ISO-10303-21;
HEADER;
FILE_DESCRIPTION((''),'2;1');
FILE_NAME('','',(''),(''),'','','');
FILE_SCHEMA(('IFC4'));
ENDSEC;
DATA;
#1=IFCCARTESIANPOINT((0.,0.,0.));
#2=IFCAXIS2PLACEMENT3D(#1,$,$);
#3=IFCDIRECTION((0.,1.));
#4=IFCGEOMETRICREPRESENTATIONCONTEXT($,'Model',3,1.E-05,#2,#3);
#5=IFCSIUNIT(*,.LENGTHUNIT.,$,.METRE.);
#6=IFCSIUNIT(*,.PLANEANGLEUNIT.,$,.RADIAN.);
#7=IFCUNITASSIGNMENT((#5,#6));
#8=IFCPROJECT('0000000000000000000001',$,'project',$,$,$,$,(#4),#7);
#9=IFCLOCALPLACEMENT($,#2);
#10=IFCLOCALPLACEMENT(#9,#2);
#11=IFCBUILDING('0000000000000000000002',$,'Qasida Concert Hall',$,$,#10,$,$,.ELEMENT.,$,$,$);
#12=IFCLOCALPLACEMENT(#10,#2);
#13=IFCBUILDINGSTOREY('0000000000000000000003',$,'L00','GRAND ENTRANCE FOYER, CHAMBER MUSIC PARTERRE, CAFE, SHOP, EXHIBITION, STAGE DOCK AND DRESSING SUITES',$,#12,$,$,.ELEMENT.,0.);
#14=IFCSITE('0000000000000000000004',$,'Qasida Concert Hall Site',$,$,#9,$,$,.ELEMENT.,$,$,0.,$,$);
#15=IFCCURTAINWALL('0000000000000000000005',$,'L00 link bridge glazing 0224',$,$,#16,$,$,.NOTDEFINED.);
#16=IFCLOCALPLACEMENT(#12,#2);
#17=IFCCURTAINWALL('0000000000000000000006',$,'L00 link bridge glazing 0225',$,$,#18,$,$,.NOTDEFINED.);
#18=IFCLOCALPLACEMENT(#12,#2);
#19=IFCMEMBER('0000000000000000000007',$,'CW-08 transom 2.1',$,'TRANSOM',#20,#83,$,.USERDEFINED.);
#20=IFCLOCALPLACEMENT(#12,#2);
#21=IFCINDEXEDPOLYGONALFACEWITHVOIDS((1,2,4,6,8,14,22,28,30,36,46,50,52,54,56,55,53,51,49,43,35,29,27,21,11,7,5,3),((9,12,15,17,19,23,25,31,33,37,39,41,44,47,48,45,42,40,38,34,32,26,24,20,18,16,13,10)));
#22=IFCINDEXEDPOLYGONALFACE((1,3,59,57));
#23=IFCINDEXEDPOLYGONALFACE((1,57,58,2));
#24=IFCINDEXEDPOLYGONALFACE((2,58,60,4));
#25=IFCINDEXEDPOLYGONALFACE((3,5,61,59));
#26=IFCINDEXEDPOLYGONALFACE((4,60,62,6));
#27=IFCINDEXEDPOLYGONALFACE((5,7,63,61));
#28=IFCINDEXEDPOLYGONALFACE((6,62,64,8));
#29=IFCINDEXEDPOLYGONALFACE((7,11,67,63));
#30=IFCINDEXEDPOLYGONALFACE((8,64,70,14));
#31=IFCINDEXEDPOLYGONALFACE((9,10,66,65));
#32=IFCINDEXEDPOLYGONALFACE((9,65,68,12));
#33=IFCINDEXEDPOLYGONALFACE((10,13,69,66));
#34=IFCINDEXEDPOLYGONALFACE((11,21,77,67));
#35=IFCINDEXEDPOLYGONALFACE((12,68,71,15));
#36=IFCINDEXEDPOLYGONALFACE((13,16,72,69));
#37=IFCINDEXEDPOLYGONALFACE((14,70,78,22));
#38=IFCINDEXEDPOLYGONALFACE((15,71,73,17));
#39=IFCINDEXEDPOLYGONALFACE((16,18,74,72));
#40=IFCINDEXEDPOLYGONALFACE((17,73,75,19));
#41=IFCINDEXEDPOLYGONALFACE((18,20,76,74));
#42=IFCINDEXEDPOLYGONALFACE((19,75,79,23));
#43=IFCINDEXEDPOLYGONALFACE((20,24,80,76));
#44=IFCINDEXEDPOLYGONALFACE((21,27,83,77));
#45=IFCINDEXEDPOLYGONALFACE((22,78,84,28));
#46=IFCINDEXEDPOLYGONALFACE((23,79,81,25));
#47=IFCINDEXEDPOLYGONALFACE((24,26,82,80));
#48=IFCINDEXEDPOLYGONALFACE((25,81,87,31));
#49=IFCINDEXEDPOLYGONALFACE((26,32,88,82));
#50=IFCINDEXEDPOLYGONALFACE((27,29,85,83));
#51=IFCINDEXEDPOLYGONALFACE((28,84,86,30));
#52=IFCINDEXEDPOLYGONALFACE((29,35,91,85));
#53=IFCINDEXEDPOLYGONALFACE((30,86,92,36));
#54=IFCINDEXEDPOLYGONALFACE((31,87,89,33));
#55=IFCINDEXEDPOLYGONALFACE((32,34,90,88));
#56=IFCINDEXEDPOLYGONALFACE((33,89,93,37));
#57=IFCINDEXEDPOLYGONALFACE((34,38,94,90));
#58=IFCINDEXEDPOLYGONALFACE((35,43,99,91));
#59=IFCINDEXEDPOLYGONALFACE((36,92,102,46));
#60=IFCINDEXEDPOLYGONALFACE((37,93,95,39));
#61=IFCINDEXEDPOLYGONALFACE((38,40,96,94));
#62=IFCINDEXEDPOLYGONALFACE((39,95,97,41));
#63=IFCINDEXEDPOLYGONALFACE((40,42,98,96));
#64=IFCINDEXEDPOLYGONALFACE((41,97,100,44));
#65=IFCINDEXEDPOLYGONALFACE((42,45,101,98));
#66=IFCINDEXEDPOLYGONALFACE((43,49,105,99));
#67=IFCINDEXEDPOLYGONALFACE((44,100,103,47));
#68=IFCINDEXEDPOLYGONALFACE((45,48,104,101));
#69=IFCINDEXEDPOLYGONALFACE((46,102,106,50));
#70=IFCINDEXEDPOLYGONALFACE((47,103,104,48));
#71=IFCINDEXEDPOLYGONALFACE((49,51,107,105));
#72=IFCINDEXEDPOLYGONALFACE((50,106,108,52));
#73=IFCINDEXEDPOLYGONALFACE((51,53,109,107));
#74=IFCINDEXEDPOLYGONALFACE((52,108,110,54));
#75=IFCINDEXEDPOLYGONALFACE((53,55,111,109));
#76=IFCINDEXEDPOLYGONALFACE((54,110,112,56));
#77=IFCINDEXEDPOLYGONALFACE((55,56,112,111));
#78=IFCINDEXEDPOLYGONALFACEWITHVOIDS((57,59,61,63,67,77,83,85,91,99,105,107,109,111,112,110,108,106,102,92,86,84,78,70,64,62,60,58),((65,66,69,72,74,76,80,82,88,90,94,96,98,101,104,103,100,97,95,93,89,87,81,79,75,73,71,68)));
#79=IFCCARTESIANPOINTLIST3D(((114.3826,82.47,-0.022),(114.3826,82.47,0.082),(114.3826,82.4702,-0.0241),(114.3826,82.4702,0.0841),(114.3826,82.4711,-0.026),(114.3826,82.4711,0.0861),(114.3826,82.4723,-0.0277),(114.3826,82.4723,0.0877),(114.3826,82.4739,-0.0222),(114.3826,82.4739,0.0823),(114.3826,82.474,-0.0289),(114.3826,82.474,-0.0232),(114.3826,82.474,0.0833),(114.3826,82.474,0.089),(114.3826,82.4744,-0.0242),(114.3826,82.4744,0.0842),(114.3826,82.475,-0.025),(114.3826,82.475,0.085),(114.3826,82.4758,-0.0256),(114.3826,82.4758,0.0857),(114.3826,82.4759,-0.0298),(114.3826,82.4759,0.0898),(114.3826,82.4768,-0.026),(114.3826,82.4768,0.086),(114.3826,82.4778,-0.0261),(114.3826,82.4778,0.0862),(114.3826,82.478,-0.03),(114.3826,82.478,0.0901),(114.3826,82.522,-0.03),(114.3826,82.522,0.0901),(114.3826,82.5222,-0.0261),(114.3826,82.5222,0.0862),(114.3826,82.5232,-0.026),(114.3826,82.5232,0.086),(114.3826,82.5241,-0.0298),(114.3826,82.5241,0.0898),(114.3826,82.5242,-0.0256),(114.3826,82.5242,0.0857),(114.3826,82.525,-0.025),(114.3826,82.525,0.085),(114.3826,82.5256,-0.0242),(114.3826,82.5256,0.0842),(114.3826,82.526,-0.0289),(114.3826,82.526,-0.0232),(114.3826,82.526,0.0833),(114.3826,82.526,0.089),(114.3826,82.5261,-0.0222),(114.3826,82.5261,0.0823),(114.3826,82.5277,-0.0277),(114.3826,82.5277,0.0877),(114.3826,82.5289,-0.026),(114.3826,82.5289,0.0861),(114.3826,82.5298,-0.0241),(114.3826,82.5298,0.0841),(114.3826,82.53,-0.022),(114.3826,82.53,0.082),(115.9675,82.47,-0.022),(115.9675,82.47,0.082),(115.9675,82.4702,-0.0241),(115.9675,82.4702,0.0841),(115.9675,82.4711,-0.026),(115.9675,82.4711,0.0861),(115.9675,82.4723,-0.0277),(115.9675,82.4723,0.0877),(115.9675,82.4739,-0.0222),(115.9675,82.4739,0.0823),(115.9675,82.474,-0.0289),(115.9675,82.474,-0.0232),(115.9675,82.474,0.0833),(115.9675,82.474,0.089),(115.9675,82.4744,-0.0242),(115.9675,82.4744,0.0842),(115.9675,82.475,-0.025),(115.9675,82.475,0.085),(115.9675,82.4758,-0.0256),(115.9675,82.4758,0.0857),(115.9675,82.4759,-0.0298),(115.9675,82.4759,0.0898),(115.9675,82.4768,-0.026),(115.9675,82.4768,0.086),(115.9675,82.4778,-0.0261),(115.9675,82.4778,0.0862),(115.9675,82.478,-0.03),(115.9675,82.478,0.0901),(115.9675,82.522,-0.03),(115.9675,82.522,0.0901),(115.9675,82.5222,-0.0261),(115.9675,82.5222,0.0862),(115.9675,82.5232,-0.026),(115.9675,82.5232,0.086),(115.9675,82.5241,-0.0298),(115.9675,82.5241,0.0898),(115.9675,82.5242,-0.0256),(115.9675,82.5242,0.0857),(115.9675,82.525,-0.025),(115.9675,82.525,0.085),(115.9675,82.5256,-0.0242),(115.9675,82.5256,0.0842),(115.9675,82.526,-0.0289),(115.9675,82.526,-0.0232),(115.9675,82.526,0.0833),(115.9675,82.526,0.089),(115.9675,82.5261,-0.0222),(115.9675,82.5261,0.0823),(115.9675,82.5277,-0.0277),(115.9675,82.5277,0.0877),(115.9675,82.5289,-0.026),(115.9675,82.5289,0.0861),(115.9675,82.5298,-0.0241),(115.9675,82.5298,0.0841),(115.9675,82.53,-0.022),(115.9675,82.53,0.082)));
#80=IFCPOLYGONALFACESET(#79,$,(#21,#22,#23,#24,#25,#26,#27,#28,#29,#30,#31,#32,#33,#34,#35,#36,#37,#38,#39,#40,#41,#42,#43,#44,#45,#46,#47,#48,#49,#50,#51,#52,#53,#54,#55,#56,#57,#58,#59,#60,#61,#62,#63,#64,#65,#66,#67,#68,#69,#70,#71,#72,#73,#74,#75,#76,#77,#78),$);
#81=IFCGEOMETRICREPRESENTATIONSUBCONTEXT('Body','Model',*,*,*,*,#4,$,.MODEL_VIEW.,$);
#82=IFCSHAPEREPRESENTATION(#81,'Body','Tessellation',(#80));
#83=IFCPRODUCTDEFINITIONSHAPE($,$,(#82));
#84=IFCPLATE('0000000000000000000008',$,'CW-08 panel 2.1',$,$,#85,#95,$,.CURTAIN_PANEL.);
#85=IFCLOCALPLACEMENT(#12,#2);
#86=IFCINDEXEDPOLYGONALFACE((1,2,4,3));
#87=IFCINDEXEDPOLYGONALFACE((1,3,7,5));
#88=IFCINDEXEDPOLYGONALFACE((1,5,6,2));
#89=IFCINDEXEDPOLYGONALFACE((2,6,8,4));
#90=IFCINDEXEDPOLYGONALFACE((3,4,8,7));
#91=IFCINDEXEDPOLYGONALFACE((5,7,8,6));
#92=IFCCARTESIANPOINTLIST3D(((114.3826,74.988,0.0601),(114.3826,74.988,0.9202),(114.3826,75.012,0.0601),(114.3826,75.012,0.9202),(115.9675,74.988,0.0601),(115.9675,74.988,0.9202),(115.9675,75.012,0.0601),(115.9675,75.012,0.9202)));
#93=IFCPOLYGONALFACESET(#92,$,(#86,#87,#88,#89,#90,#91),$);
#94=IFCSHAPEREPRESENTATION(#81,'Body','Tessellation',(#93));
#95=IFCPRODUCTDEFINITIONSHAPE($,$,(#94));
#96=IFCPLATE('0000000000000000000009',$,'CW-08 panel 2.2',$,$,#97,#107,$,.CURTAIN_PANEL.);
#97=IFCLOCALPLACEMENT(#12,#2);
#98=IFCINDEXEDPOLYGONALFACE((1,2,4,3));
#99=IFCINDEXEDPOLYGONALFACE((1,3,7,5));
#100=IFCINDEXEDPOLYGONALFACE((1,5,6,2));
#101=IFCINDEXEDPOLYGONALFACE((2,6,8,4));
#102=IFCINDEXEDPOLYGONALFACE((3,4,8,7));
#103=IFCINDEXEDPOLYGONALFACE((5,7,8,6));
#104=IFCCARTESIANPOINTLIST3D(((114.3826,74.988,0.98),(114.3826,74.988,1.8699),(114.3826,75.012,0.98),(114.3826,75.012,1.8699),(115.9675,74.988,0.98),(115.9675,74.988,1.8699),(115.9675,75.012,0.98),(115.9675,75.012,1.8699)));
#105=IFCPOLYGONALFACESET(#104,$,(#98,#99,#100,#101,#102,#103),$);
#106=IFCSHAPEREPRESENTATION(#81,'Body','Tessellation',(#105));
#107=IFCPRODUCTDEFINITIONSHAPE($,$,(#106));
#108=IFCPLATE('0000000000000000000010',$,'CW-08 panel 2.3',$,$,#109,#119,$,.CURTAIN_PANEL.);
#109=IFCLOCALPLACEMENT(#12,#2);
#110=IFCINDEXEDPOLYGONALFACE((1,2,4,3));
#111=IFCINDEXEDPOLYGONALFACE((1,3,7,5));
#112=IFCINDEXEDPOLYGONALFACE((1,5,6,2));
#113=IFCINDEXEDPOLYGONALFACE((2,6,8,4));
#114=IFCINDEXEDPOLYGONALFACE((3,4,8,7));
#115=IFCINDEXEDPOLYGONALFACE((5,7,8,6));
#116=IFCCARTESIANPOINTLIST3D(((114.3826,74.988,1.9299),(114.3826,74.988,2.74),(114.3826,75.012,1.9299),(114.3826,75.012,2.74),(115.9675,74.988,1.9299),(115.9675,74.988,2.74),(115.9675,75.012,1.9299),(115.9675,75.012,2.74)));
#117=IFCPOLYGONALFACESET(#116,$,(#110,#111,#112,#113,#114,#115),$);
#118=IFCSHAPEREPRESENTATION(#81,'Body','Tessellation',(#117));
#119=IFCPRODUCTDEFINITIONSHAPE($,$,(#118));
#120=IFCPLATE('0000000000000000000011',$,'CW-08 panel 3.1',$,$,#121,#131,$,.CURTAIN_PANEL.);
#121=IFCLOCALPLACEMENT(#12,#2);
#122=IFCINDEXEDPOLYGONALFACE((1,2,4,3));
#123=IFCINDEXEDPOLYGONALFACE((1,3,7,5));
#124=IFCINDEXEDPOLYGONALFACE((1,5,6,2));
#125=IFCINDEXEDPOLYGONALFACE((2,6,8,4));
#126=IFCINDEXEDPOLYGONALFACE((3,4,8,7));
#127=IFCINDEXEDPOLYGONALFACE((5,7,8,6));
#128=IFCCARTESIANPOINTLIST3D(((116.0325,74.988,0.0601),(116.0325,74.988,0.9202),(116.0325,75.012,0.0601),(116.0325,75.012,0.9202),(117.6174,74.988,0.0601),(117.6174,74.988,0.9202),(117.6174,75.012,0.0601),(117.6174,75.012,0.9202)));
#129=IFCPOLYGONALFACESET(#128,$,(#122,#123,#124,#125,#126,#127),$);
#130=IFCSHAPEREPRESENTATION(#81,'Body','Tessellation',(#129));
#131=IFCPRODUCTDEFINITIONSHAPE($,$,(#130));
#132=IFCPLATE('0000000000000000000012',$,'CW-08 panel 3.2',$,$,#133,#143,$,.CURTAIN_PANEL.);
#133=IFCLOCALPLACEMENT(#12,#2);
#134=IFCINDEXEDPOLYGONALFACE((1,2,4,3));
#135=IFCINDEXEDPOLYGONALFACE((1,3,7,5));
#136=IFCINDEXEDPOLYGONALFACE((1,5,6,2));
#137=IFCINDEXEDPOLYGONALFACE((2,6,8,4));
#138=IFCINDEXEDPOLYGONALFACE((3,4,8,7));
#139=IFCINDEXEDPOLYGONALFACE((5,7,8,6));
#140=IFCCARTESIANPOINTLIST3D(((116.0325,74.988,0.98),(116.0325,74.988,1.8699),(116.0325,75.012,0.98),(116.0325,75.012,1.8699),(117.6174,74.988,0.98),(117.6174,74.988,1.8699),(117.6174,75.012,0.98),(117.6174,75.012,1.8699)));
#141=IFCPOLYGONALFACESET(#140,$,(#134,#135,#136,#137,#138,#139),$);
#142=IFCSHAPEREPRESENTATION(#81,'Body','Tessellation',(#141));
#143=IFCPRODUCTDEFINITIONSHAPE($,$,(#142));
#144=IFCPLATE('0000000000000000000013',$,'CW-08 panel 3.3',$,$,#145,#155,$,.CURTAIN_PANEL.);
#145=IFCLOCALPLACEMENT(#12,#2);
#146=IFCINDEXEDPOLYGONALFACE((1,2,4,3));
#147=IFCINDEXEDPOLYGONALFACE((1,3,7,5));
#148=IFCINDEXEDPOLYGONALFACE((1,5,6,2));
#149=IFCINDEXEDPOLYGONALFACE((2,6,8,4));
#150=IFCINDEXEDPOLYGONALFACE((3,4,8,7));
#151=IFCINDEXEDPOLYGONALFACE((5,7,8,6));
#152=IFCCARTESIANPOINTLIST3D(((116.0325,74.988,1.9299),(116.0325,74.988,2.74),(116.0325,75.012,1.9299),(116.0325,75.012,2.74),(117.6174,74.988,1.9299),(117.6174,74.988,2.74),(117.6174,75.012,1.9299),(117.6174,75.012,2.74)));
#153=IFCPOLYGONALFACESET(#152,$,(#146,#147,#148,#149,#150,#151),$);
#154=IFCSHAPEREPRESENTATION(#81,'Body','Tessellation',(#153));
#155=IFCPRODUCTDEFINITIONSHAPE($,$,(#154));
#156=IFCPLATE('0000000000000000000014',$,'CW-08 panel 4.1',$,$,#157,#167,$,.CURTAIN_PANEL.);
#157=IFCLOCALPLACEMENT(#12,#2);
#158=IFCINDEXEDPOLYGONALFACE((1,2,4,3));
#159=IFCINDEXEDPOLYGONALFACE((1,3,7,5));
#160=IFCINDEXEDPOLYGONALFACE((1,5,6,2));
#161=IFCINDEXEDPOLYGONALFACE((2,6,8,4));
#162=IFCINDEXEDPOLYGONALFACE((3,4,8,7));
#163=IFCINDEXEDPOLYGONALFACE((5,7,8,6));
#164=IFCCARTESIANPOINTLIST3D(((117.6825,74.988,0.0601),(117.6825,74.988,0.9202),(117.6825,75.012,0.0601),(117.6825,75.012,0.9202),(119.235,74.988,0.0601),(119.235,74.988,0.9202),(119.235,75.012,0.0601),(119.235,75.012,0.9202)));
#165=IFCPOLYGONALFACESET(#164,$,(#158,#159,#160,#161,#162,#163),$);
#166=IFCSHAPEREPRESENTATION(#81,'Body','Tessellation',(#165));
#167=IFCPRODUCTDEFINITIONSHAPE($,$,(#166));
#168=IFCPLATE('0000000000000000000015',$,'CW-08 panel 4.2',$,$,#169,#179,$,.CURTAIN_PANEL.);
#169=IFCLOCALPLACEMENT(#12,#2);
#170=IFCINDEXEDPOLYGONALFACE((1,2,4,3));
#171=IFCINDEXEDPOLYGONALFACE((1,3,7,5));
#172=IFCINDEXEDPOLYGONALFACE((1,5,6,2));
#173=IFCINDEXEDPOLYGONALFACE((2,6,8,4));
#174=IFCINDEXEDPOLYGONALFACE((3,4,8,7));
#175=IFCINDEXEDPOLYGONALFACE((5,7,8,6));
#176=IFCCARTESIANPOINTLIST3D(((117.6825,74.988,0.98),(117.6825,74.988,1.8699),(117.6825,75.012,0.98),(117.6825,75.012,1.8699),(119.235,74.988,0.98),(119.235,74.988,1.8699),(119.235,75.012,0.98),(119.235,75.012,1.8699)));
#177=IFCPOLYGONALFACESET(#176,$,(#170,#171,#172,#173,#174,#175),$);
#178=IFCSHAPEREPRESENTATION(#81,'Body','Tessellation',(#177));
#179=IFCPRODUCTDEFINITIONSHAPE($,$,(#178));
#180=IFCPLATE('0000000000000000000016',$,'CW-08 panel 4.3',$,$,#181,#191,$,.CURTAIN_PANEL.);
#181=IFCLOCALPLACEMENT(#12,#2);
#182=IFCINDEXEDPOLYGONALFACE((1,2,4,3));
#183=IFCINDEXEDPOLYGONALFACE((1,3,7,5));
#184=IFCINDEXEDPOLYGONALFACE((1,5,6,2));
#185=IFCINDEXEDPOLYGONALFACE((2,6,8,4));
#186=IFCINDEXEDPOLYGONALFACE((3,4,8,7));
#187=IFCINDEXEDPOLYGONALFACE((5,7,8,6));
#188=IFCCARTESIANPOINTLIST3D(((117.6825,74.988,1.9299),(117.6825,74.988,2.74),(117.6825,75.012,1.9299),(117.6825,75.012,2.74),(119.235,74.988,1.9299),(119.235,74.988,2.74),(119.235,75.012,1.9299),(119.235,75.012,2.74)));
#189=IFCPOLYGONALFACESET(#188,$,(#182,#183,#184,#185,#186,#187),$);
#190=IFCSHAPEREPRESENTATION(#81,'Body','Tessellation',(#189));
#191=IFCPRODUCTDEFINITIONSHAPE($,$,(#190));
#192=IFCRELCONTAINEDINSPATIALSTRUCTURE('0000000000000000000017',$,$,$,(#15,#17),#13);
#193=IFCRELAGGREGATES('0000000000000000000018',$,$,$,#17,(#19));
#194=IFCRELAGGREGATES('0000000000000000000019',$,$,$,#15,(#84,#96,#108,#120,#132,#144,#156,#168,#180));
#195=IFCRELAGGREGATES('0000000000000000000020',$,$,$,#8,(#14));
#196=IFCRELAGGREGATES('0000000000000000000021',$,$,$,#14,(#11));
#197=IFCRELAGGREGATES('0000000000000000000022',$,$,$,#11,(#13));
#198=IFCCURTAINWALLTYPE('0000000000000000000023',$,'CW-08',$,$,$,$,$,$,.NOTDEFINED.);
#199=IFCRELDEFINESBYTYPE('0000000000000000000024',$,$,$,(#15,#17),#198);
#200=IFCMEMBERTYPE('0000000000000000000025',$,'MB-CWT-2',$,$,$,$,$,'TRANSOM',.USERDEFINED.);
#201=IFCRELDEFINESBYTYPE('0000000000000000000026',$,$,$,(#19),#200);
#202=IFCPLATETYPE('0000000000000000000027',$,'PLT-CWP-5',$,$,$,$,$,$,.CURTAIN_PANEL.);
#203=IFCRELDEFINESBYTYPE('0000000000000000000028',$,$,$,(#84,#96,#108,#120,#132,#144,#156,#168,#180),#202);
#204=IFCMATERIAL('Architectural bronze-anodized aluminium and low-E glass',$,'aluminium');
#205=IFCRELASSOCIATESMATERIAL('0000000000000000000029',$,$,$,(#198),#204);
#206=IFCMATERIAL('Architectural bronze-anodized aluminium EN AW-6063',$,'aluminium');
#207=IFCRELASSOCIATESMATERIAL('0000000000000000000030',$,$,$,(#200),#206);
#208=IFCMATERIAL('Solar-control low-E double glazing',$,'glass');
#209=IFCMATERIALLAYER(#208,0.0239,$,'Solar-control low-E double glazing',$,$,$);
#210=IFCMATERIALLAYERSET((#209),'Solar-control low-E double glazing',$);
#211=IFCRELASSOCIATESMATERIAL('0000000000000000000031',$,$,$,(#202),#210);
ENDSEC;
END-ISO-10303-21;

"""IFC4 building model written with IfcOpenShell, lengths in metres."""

from ifc_helpers import new_model, si_unit, direction, frame, origin, origin_2d, place, context, subcontext, project, spatial, rectangle, hollow_rectangle, extrude, material, layer, layer_set, material_profile, profile_set, type_object, element, aggregate, save


model = new_model("IFC4")

# Units and contexts
model_context = context("Model", 3, precision=1e-05, world=origin(), true_north=direction((0.0, 1.0)))
body_context = subcontext(model_context, "Body", "Model", "MODEL_VIEW")
ifc_project = project(units=[si_unit("LENGTHUNIT", "METRE"), si_unit("PLANEANGLEUNIT", "RADIAN")], contexts=[model_context])

# Site, building, storey
site_placement = place(None, origin())
site = spatial("IfcSite", under=ifc_project, at=site_placement, Name="Qasida Concert Hall Site", CompositionType="ELEMENT", RefElevation=0.0)
building_placement = place(site_placement, origin())
building = spatial("IfcBuilding", under=site, at=building_placement, Name="Qasida Concert Hall", CompositionType="ELEMENT")
storey_placement = place(building_placement, origin())
storey = spatial("IfcBuildingStorey", under=building, at=storey_placement, Name="L00", Description="GRAND ENTRANCE FOYER, CHAMBER MUSIC PARTERRE, CAFE, SHOP, EXHIBITION, STAGE DOCK AND DRESSING SUITES", CompositionType="ELEMENT", Elevation=0.0)

# Curtain wall
ifc_material_1 = material(Name="Architectural bronze-anodized aluminium and low-E glass", Category="aluminium")
curtain_wall_type = type_object("IfcCurtainWallType", Name="CW-08", PredefinedType="NOTDEFINED", material=ifc_material_1)
curtain_wall_1_placement = place(storey_placement, origin())
curtain_wall_1 = element("IfcCurtainWall", 1, at=curtain_wall_1_placement, inside=storey, type_object=curtain_wall_type, Name="L00 link bridge glazing 0224", PredefinedType="NOTDEFINED")
ifc_material_2 = material(Name="Architectural bronze-anodized aluminium EN AW-6063", Category="aluminium")
ifc_material_profile_1 = material_profile(ifc_material_2, hollow_rectangle(XDim=0.0601, YDim=0.1201, WallThickness=0.0039, InnerFilletRadius=0.0039, OuterFilletRadius=0.0081, at=origin_2d()), Name="CWT 120x60x4")
ifc_profile_set_1 = profile_set([ifc_material_profile_1], Name="Architectural bronze-anodized aluminium EN AW-6063")
member_type_1 = type_object("IfcMemberType", Name="MB-CWT-2", ElementType="TRANSOM", PredefinedType="USERDEFINED", material=ifc_profile_set_1)

# Curtain wall, member
curtain_wall_2_placement = place(storey_placement, origin())
curtain_wall_2 = element("IfcCurtainWall", 2, at=curtain_wall_2_placement, inside=storey, type_object=curtain_wall_type, Name="L00 link bridge glazing 0225", PredefinedType="NOTDEFINED")
member_1_placement = place(storey_placement, frame((114.3826, 82.5, 0.03), z_axis=(1.0, 0.0, 0.0), x_axis=(0.0, 1.0, 0.0)))
member_1 = element("IfcMember", 3, at=member_1_placement, type_object=member_type_1, Name="CW-08 transom 2.1", ObjectType="TRANSOM", PredefinedType="USERDEFINED", context=body_context, shape_type="SweptSolid", body=[
    extrude(hollow_rectangle(XDim=0.0601, YDim=0.1201, WallThickness=0.0039, InnerFilletRadius=0.0039, OuterFilletRadius=0.0081, at=origin_2d()), origin(), (0.0, 0.0, 1.0), 1.585),
])
aggregate(curtain_wall_2, [member_1])

# Plates
ifc_material_3 = material(Name="Solar-control low-E double glazing", Category="glass")
ifc_layer = layer(ifc_material_3, 0.0239, Name="Solar-control low-E double glazing")
ifc_layer_set = layer_set([ifc_layer], Name="Solar-control low-E double glazing")
plate_type = type_object("IfcPlateType", Name="PLT-CWP-5", PredefinedType="CURTAIN_PANEL", material=ifc_layer_set)
plate_1_placement = place(storey_placement, frame((115.175, 75.0, 0.0601), z_axis=(0.0, 0.0, 1.0), x_axis=(1.0, 0.0, 0.0)))
plate_1 = element("IfcPlate", 4, at=plate_1_placement, type_object=plate_type, Name="CW-08 panel 2.1", PredefinedType="CURTAIN_PANEL", context=body_context, shape_type="SweptSolid", body=[
    extrude(rectangle(XDim=1.585, YDim=0.0239, at=origin_2d()), origin(), (0.0, 0.0, 1.0), 0.8601),
])
plate_2_placement = place(storey_placement, frame((115.175, 75.0, 0.98), z_axis=(0.0, 0.0, 1.0), x_axis=(1.0, 0.0, 0.0)))
plate_2 = element("IfcPlate", 5, at=plate_2_placement, type_object=plate_type, Name="CW-08 panel 2.2", PredefinedType="CURTAIN_PANEL", context=body_context, shape_type="SweptSolid", body=[
    extrude(rectangle(XDim=1.585, YDim=0.0239, at=origin_2d()), origin(), (0.0, 0.0, 1.0), 0.8899),
])
plate_3_placement = place(storey_placement, frame((115.175, 75.0, 1.9299), z_axis=(0.0, 0.0, 1.0), x_axis=(1.0, 0.0, 0.0)))
plate_3 = element("IfcPlate", 6, at=plate_3_placement, type_object=plate_type, Name="CW-08 panel 2.3", PredefinedType="CURTAIN_PANEL", context=body_context, shape_type="SweptSolid", body=[
    extrude(rectangle(XDim=1.585, YDim=0.0239, at=origin_2d()), origin(), (0.0, 0.0, 1.0), 0.8101),
])
plate_4_placement = place(storey_placement, frame((116.825, 75.0, 0.0601), z_axis=(0.0, 0.0, 1.0), x_axis=(1.0, 0.0, 0.0)))
plate_4 = element("IfcPlate", 7, at=plate_4_placement, type_object=plate_type, Name="CW-08 panel 3.1", PredefinedType="CURTAIN_PANEL", context=body_context, shape_type="SweptSolid", body=[
    extrude(rectangle(XDim=1.585, YDim=0.0239, at=origin_2d()), origin(), (0.0, 0.0, 1.0), 0.8601),
])
plate_5_placement = place(storey_placement, frame((116.825, 75.0, 0.98), z_axis=(0.0, 0.0, 1.0), x_axis=(1.0, 0.0, 0.0)))
plate_5 = element("IfcPlate", 8, at=plate_5_placement, type_object=plate_type, Name="CW-08 panel 3.2", PredefinedType="CURTAIN_PANEL", context=body_context, shape_type="SweptSolid", body=[
    extrude(rectangle(XDim=1.585, YDim=0.0239, at=origin_2d()), origin(), (0.0, 0.0, 1.0), 0.8899),
])
plate_6_placement = place(storey_placement, frame((116.825, 75.0, 1.9299), z_axis=(0.0, 0.0, 1.0), x_axis=(1.0, 0.0, 0.0)))
plate_6 = element("IfcPlate", 9, at=plate_6_placement, type_object=plate_type, Name="CW-08 panel 3.3", PredefinedType="CURTAIN_PANEL", context=body_context, shape_type="SweptSolid", body=[
    extrude(rectangle(XDim=1.585, YDim=0.0239, at=origin_2d()), origin(), (0.0, 0.0, 1.0), 0.8101),
])
plate_7_placement = place(storey_placement, frame((118.4587, 75.0, 0.0601), z_axis=(0.0, 0.0, 1.0), x_axis=(1.0, 0.0, 0.0)))
plate_7 = element("IfcPlate", 10, at=plate_7_placement, type_object=plate_type, Name="CW-08 panel 4.1", PredefinedType="CURTAIN_PANEL", context=body_context, shape_type="SweptSolid", body=[
    extrude(rectangle(XDim=1.5525, YDim=0.0239, at=origin_2d()), origin(), (0.0, 0.0, 1.0), 0.8601),
])
plate_8_placement = place(storey_placement, frame((118.4587, 75.0, 0.98), z_axis=(0.0, 0.0, 1.0), x_axis=(1.0, 0.0, 0.0)))
plate_8 = element("IfcPlate", 11, at=plate_8_placement, type_object=plate_type, Name="CW-08 panel 4.2", PredefinedType="CURTAIN_PANEL", context=body_context, shape_type="SweptSolid", body=[
    extrude(rectangle(XDim=1.5525, YDim=0.0239, at=origin_2d()), origin(), (0.0, 0.0, 1.0), 0.8899),
])
plate_9_placement = place(storey_placement, frame((118.4587, 75.0, 1.9299), z_axis=(0.0, 0.0, 1.0), x_axis=(1.0, 0.0, 0.0)))
plate_9 = element("IfcPlate", 12, at=plate_9_placement, type_object=plate_type, Name="CW-08 panel 4.3", PredefinedType="CURTAIN_PANEL", context=body_context, shape_type="SweptSolid", body=[
    extrude(rectangle(XDim=1.5525, YDim=0.0239, at=origin_2d()), origin(), (0.0, 0.0, 1.0), 0.8101),
])
aggregate(curtain_wall_1, [plate_1, plate_2, plate_3, plate_4, plate_5, plate_6, plate_7, plate_8, plate_9])

save(model, "model.ifc")
